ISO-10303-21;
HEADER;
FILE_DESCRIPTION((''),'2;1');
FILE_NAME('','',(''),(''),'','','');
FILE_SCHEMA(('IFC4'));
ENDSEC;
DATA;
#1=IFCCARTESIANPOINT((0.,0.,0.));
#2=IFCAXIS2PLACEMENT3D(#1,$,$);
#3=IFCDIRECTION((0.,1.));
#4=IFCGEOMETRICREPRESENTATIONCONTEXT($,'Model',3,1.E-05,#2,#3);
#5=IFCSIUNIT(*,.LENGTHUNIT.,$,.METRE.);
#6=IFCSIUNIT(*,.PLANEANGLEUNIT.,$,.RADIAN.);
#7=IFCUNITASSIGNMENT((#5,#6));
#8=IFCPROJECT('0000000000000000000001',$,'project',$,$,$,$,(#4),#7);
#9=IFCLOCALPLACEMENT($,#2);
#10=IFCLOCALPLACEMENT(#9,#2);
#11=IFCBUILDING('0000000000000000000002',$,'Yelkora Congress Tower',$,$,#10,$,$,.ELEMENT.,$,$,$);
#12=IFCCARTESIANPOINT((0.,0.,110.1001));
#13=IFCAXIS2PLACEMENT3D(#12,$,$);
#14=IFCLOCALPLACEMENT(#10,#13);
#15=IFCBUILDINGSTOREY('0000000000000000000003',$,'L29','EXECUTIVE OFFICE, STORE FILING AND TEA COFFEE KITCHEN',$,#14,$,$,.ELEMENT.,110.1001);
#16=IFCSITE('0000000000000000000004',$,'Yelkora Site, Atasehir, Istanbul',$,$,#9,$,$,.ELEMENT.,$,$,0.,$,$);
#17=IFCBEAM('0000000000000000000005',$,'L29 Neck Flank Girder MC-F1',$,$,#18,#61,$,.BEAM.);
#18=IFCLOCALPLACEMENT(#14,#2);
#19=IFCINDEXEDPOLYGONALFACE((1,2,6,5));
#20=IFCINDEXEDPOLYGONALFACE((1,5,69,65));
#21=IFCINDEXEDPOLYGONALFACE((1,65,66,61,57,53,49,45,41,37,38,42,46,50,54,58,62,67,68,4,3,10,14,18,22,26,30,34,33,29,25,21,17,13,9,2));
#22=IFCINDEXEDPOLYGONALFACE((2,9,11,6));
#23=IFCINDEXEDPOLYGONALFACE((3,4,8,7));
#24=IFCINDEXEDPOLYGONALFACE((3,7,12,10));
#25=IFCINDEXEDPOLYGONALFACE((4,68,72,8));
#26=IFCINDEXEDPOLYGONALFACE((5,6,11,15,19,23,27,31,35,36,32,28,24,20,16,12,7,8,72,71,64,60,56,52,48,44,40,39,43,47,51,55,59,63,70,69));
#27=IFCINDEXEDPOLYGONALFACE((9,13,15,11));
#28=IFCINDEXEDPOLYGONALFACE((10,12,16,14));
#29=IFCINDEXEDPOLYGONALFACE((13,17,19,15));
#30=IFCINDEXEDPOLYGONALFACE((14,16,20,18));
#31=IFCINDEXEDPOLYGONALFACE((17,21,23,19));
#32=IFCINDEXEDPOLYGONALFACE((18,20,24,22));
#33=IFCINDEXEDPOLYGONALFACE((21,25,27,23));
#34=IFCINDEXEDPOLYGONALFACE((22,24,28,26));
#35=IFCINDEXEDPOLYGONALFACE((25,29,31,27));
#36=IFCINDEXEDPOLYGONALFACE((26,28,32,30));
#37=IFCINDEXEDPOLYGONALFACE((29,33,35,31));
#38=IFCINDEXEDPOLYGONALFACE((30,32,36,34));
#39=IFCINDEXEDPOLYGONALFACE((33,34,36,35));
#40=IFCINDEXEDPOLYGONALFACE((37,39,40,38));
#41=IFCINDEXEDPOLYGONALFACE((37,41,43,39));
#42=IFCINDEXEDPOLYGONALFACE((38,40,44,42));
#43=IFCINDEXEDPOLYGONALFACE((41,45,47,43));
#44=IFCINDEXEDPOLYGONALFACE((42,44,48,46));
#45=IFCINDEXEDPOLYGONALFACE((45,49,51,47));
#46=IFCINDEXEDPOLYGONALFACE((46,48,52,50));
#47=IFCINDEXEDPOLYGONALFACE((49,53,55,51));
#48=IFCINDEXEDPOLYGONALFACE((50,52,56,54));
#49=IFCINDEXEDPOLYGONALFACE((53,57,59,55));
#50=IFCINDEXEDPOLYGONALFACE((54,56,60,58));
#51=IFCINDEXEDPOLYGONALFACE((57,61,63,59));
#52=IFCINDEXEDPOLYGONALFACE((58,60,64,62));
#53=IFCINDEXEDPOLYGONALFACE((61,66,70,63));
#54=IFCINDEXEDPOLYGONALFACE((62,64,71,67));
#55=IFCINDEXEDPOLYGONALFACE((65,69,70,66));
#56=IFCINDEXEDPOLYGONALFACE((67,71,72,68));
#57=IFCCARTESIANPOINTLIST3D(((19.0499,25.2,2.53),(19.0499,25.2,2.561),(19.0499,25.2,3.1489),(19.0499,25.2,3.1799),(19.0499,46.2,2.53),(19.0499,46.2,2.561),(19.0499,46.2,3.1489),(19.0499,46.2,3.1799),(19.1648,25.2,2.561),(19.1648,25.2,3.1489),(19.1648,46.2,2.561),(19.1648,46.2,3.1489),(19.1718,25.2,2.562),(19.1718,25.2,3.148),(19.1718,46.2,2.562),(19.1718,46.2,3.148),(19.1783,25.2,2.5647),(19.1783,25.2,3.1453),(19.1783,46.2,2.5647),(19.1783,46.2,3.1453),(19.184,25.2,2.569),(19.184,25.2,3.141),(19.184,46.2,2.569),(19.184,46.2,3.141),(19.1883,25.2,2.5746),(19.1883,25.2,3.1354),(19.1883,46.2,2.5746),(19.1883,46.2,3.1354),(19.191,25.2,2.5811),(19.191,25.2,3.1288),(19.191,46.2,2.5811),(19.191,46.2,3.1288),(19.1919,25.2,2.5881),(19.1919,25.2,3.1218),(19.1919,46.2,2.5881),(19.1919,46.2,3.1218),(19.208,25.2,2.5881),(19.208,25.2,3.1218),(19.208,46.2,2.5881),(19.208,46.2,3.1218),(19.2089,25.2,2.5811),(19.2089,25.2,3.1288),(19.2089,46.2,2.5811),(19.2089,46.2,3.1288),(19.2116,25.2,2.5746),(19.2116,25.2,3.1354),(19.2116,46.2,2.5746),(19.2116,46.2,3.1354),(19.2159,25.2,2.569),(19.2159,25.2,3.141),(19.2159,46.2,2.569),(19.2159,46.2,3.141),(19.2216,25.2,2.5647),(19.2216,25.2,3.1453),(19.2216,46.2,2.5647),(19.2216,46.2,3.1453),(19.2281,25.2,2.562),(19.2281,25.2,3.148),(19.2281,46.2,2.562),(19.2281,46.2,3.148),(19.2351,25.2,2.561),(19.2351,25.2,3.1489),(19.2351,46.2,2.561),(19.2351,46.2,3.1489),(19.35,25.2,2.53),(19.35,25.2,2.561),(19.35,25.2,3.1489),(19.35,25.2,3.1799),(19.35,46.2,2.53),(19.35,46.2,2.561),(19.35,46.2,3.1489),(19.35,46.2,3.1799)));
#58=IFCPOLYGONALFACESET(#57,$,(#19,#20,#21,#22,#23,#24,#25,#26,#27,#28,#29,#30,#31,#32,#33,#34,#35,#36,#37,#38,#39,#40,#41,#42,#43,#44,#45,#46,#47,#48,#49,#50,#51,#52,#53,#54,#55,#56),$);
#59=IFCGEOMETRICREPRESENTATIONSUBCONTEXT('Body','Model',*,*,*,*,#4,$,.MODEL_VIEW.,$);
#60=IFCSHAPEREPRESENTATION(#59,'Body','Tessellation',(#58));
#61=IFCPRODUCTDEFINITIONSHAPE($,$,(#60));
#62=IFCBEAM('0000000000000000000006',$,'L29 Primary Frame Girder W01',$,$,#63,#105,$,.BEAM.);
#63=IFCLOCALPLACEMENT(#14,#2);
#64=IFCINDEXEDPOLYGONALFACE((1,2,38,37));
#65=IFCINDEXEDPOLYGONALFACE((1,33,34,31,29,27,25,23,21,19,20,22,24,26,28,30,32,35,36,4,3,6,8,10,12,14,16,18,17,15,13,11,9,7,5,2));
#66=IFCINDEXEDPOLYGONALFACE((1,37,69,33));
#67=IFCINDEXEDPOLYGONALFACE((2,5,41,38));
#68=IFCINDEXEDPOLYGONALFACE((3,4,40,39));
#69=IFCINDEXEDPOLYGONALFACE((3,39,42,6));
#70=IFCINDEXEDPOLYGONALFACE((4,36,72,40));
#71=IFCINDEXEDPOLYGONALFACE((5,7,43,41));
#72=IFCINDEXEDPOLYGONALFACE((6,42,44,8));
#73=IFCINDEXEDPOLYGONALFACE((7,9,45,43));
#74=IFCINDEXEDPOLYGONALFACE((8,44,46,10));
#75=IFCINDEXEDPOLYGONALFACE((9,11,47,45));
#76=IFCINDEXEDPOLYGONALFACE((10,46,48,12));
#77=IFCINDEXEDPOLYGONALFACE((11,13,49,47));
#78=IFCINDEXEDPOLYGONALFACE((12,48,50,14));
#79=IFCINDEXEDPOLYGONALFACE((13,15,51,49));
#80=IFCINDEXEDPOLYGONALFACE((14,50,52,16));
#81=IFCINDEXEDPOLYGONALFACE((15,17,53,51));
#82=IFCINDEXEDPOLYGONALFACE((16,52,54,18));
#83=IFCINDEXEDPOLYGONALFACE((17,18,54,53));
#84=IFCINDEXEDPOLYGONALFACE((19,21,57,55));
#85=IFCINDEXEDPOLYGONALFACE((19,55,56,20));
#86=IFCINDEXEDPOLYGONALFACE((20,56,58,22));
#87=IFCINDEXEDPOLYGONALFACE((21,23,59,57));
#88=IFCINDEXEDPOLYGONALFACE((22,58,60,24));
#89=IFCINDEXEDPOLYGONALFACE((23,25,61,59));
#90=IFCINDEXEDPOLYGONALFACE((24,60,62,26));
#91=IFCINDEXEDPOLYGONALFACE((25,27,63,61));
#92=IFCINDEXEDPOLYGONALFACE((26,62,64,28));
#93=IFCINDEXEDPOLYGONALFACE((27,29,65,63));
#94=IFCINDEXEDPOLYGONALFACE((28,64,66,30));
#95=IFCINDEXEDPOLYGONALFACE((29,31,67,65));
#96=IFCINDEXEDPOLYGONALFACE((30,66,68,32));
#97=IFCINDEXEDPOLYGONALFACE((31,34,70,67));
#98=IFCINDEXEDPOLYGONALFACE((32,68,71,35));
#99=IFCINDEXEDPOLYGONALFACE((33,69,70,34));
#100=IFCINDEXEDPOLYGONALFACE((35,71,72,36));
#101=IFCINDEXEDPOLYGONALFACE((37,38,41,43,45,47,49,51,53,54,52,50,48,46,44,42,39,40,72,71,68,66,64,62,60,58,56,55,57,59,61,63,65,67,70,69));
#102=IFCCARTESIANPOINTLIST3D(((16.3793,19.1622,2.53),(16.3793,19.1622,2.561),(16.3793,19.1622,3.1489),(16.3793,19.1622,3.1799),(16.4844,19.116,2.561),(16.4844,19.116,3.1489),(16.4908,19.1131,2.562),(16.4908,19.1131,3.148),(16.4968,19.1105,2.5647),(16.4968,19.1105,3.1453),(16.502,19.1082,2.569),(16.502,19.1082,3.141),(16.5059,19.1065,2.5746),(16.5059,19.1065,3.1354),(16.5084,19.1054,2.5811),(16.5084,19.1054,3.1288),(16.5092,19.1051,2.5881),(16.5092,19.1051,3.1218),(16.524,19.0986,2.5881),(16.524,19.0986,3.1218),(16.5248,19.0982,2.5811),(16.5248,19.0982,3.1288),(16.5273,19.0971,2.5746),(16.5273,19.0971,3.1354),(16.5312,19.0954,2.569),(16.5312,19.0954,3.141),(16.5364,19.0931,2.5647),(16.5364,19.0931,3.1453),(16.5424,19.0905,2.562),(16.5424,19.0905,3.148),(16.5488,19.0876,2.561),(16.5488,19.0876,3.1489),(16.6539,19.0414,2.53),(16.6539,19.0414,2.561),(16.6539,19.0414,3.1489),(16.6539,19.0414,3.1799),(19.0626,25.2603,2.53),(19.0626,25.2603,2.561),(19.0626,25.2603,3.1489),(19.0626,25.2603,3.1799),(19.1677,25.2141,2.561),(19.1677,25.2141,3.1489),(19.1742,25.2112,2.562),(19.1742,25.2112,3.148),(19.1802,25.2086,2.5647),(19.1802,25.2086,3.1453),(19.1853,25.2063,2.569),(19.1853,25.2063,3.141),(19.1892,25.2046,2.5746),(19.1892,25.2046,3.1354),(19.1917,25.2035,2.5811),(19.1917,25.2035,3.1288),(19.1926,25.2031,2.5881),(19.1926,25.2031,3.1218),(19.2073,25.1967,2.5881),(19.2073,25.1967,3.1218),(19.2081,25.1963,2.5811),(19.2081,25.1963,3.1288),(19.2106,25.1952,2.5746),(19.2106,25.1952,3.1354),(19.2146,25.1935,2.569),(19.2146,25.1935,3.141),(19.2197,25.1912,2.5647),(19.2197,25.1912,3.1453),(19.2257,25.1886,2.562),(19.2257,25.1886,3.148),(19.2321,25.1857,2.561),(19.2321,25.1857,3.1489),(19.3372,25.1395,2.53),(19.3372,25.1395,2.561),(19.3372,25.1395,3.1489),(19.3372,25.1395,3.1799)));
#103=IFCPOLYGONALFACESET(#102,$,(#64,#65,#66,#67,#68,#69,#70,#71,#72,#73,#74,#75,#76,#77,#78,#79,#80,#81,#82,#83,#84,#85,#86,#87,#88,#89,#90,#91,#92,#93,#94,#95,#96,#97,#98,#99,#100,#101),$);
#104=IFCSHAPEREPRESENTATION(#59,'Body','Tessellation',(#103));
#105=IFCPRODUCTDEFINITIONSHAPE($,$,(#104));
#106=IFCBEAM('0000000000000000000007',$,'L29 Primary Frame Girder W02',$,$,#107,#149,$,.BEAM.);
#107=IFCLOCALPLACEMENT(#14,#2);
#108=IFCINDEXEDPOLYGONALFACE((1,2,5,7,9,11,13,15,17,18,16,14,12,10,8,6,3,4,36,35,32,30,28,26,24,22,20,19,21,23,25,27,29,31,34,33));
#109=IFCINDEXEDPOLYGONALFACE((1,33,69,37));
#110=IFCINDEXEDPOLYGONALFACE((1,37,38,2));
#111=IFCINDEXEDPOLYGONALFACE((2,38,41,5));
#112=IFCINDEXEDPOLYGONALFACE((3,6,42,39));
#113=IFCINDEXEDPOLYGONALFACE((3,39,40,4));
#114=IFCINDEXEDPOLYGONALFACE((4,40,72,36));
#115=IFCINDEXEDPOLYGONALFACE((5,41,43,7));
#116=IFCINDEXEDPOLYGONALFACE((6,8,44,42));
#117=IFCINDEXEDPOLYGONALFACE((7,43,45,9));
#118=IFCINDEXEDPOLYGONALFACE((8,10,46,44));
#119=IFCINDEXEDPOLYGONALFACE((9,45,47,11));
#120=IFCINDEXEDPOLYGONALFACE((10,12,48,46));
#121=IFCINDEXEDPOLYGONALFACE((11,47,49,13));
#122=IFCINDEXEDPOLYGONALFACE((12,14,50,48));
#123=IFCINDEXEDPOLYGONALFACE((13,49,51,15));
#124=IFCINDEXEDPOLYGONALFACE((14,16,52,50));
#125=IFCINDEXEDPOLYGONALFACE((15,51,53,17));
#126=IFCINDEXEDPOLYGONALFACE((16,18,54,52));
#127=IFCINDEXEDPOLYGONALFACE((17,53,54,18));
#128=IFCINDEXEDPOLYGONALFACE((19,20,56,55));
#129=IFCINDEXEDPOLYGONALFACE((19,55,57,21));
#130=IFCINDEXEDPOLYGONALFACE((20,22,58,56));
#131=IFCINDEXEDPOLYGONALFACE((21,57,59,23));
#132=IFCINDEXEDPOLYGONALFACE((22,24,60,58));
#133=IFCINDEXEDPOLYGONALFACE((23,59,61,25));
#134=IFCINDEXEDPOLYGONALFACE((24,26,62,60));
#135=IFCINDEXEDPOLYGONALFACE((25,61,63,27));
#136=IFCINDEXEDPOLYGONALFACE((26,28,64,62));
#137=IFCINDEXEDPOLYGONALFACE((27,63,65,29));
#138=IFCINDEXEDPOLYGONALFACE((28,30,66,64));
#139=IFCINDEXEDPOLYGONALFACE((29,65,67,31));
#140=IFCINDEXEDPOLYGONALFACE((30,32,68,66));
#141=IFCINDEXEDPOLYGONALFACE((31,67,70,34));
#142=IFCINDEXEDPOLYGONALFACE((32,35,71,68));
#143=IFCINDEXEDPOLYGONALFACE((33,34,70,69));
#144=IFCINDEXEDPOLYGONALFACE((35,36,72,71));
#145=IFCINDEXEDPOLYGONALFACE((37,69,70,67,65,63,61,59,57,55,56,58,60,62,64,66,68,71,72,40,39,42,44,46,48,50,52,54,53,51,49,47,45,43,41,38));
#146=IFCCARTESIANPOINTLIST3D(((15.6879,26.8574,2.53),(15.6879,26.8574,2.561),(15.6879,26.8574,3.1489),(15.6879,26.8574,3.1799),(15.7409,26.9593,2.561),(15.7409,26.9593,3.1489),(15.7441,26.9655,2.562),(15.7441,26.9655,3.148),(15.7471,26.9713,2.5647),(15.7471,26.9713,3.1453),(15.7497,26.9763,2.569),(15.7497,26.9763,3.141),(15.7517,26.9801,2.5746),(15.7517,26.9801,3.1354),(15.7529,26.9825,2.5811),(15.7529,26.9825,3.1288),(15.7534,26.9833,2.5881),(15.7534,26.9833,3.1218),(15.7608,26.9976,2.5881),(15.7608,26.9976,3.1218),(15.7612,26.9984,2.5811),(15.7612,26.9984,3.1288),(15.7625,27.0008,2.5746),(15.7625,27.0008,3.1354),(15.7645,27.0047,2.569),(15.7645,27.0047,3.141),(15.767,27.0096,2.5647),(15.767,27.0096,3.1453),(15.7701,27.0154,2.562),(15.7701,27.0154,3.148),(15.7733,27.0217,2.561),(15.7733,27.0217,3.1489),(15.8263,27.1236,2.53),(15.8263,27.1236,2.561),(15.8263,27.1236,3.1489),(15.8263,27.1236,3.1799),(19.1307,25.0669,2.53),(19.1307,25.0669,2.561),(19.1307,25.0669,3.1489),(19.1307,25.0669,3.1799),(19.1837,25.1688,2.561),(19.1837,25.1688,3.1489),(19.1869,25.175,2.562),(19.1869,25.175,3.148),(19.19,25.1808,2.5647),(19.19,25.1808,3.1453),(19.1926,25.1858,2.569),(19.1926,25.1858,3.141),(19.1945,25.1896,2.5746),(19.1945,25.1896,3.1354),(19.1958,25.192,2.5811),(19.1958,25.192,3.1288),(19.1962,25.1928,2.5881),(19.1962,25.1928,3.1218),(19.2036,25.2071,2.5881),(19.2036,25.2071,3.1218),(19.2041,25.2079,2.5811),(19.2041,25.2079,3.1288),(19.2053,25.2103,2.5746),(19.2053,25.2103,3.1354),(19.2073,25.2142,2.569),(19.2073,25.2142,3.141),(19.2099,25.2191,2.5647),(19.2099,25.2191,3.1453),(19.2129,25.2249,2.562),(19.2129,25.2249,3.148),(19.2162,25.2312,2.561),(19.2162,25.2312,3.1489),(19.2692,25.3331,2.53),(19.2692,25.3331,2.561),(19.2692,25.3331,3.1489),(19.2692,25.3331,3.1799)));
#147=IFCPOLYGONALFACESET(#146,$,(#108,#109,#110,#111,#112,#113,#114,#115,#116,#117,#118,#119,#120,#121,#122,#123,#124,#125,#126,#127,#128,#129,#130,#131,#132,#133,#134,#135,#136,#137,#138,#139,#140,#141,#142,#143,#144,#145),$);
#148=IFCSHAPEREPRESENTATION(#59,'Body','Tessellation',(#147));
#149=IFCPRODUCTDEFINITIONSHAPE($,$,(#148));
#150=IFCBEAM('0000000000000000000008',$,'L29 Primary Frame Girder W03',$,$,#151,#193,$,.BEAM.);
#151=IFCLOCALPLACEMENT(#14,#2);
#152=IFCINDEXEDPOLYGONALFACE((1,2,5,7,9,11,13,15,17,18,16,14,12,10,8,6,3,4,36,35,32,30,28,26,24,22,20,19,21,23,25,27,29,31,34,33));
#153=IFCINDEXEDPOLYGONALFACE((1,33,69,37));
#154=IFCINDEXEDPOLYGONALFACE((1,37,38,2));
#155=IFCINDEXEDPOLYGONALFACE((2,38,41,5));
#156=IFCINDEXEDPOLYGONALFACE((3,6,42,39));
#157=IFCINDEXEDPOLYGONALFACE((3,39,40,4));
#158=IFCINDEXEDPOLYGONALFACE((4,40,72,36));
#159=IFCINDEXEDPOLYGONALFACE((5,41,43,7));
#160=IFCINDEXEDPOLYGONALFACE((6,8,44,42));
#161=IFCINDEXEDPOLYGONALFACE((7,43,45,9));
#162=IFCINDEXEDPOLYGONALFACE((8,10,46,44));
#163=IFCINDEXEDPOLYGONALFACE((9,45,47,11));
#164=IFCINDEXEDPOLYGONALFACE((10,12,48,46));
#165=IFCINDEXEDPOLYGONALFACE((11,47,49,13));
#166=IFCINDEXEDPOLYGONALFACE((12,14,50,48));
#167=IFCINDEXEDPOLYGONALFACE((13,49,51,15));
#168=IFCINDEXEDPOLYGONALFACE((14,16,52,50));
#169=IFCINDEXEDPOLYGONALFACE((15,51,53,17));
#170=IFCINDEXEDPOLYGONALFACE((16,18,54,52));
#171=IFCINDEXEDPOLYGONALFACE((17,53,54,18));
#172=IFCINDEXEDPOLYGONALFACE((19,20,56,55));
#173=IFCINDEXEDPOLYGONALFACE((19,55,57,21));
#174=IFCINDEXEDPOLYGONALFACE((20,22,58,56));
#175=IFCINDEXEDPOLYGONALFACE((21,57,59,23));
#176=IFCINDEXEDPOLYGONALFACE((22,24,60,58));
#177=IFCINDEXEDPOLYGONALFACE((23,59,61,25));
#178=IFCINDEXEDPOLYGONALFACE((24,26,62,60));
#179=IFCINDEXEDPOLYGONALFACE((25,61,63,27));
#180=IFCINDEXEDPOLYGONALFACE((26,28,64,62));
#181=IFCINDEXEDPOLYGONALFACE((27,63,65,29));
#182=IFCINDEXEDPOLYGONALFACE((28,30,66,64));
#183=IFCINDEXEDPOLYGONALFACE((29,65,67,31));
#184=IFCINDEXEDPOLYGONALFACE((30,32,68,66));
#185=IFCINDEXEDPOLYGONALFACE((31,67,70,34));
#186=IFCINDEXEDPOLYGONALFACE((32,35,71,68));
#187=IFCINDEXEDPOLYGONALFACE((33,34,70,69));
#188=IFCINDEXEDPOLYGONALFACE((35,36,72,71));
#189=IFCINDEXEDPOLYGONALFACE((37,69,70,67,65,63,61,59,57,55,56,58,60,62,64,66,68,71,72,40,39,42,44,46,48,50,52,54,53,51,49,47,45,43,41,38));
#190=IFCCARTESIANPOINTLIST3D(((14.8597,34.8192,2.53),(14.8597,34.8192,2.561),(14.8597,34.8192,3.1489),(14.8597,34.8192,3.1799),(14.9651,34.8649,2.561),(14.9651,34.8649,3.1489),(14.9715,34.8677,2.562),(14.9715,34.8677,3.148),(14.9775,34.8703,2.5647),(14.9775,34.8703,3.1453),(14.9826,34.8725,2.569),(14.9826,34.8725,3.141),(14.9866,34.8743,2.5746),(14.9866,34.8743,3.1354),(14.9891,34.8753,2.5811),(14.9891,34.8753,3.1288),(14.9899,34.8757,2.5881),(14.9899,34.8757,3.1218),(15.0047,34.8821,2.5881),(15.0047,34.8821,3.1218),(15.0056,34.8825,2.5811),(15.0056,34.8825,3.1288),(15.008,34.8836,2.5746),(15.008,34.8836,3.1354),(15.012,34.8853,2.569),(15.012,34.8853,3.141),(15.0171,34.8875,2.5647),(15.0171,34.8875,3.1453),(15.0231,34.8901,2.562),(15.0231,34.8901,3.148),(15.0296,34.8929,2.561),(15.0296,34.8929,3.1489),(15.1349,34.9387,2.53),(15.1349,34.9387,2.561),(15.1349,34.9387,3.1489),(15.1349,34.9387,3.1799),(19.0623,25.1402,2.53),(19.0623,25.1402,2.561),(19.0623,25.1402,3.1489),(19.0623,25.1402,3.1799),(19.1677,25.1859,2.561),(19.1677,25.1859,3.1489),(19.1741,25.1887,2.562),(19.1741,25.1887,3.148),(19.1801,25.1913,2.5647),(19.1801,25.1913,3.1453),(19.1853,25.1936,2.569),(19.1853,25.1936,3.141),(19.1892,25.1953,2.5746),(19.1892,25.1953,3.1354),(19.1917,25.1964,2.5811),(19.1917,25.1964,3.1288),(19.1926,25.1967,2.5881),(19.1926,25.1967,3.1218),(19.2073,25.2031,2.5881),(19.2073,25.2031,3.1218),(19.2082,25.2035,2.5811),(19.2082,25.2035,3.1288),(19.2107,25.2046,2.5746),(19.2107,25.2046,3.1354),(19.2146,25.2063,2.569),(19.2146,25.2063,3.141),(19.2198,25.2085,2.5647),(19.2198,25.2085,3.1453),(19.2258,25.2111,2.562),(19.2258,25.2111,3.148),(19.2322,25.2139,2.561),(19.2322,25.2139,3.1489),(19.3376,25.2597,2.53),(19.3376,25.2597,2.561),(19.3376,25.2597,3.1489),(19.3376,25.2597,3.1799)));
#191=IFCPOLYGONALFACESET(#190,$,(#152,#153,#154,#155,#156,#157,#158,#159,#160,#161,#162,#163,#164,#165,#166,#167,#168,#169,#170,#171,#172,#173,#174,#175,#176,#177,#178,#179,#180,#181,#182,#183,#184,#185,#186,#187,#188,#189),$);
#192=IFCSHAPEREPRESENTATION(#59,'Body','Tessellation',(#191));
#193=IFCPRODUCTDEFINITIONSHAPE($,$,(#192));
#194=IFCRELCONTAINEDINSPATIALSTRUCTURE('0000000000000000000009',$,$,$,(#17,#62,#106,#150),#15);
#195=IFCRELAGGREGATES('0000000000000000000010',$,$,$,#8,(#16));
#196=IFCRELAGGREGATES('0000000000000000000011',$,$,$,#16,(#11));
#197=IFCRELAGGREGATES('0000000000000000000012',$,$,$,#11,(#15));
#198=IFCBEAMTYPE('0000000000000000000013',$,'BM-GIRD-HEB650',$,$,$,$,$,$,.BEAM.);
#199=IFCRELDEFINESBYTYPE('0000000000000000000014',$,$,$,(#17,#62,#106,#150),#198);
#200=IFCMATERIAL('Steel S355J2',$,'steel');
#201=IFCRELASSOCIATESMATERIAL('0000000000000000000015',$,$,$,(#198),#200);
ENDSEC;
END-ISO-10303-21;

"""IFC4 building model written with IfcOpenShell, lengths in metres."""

from ifc_helpers import new_model, si_unit, direction, frame, origin, origin_2d, place, context, subcontext, project, spatial, i_section, extrude, material, material_profile, profile_set, type_object, element, save


model = new_model("IFC4")

# Units and contexts
model_context = context("Model", 3, precision=1e-05, world=origin(), true_north=direction((0.0, 1.0)))
body_context = subcontext(model_context, "Body", "Model", "MODEL_VIEW")
ifc_project = project(units=[si_unit("LENGTHUNIT", "METRE"), si_unit("PLANEANGLEUNIT", "RADIAN")], contexts=[model_context])

# Site, building, storey
site_placement = place(None, origin())
site = spatial("IfcSite", under=ifc_project, at=site_placement, Name="Yelkora Site, Atasehir, Istanbul", CompositionType="ELEMENT", RefElevation=0.0)
building_placement = place(site_placement, origin())
building = spatial("IfcBuilding", under=site, at=building_placement, Name="Yelkora Congress Tower", CompositionType="ELEMENT")
storey_placement = place(building_placement, frame((0.0, 0.0, 110.1001)))
storey = spatial("IfcBuildingStorey", under=building, at=storey_placement, Name="L29", Description="EXECUTIVE OFFICE, STORE FILING AND TEA COFFEE KITCHEN", CompositionType="ELEMENT", Elevation=110.1001)

# Beams
ifc_material_1 = material(Name="Steel S355J2", Category="steel")
ifc_material_profile_1 = material_profile(ifc_material_1, i_section(OverallWidth=0.3, OverallDepth=0.6499, WebThickness=0.0161, FlangeThickness=0.031, FilletRadius=0.0271, at=origin_2d()), Name="HEB 650")
ifc_profile_set_1 = profile_set([ifc_material_profile_1], Name="Steel S355J2")
beam_type_1 = type_object("IfcBeamType", Name="BM-GIRD-HEB650", PredefinedType="BEAM", material=ifc_profile_set_1)
beam_1_placement = place(storey_placement, frame((19.2, 25.2, 2.855), z_axis=(0.0, 1.0, 0.0), x_axis=(-1.0, 0.0, 0.0)))
element("IfcBeam", 1, at=beam_1_placement, inside=storey, type_object=beam_type_1, Name="L29 Neck Flank Girder MC-F1", PredefinedType="BEAM", context=body_context, shape_type="SweptSolid", body=[
    extrude(i_section(OverallWidth=0.3, OverallDepth=0.6499, WebThickness=0.0161, FlangeThickness=0.031, FilletRadius=0.0271, at=origin_2d()), origin(), (0.0, 0.0, 1.0), 21.0),
])
beam_2_placement = place(storey_placement, frame((16.5166, 19.1018, 2.855), z_axis=(0.402759, 0.915306, 0.0), x_axis=(-0.915306, 0.402759, 0.0)))
element("IfcBeam", 2, at=beam_2_placement, inside=storey, type_object=beam_type_1, Name="L29 Primary Frame Girder W01", PredefinedType="BEAM", context=body_context, shape_type="SweptSolid", body=[
    extrude(i_section(OverallWidth=0.3, OverallDepth=0.6499, WebThickness=0.0161, FlangeThickness=0.031, FilletRadius=0.0271, at=origin_2d()), origin(), (0.0, 0.0, 1.0), 6.6624),
])
beam_3_placement = place(storey_placement, frame((15.7571, 26.9905, 2.855), z_axis=(0.887192, -0.4614, 0.0), x_axis=(0.4614, 0.887192, 0.0)))
element("IfcBeam", 3, at=beam_3_placement, inside=storey, type_object=beam_type_1, Name="L29 Primary Frame Girder W02", PredefinedType="BEAM", context=body_context, shape_type="SweptSolid", body=[
    extrude(i_section(OverallWidth=0.3, OverallDepth=0.6499, WebThickness=0.0161, FlangeThickness=0.031, FilletRadius=0.0271, at=origin_2d()), origin(), (0.0, 0.0, 1.0), 3.8806),
])
beam_4_placement = place(storey_placement, frame((14.9973, 34.8789, 2.855), z_axis=(0.398279, -0.917264, 0.0), x_axis=(0.917264, 0.398279, 0.0)))
element("IfcBeam", 4, at=beam_4_placement, inside=storey, type_object=beam_type_1, Name="L29 Primary Frame Girder W03", PredefinedType="BEAM", context=body_context, shape_type="SweptSolid", body=[
    extrude(i_section(OverallWidth=0.3, OverallDepth=0.6499, WebThickness=0.0161, FlangeThickness=0.031, FilletRadius=0.0271, at=origin_2d()), origin(), (0.0, 0.0, 1.0), 10.552),
])

save(model, "model.ifc")
